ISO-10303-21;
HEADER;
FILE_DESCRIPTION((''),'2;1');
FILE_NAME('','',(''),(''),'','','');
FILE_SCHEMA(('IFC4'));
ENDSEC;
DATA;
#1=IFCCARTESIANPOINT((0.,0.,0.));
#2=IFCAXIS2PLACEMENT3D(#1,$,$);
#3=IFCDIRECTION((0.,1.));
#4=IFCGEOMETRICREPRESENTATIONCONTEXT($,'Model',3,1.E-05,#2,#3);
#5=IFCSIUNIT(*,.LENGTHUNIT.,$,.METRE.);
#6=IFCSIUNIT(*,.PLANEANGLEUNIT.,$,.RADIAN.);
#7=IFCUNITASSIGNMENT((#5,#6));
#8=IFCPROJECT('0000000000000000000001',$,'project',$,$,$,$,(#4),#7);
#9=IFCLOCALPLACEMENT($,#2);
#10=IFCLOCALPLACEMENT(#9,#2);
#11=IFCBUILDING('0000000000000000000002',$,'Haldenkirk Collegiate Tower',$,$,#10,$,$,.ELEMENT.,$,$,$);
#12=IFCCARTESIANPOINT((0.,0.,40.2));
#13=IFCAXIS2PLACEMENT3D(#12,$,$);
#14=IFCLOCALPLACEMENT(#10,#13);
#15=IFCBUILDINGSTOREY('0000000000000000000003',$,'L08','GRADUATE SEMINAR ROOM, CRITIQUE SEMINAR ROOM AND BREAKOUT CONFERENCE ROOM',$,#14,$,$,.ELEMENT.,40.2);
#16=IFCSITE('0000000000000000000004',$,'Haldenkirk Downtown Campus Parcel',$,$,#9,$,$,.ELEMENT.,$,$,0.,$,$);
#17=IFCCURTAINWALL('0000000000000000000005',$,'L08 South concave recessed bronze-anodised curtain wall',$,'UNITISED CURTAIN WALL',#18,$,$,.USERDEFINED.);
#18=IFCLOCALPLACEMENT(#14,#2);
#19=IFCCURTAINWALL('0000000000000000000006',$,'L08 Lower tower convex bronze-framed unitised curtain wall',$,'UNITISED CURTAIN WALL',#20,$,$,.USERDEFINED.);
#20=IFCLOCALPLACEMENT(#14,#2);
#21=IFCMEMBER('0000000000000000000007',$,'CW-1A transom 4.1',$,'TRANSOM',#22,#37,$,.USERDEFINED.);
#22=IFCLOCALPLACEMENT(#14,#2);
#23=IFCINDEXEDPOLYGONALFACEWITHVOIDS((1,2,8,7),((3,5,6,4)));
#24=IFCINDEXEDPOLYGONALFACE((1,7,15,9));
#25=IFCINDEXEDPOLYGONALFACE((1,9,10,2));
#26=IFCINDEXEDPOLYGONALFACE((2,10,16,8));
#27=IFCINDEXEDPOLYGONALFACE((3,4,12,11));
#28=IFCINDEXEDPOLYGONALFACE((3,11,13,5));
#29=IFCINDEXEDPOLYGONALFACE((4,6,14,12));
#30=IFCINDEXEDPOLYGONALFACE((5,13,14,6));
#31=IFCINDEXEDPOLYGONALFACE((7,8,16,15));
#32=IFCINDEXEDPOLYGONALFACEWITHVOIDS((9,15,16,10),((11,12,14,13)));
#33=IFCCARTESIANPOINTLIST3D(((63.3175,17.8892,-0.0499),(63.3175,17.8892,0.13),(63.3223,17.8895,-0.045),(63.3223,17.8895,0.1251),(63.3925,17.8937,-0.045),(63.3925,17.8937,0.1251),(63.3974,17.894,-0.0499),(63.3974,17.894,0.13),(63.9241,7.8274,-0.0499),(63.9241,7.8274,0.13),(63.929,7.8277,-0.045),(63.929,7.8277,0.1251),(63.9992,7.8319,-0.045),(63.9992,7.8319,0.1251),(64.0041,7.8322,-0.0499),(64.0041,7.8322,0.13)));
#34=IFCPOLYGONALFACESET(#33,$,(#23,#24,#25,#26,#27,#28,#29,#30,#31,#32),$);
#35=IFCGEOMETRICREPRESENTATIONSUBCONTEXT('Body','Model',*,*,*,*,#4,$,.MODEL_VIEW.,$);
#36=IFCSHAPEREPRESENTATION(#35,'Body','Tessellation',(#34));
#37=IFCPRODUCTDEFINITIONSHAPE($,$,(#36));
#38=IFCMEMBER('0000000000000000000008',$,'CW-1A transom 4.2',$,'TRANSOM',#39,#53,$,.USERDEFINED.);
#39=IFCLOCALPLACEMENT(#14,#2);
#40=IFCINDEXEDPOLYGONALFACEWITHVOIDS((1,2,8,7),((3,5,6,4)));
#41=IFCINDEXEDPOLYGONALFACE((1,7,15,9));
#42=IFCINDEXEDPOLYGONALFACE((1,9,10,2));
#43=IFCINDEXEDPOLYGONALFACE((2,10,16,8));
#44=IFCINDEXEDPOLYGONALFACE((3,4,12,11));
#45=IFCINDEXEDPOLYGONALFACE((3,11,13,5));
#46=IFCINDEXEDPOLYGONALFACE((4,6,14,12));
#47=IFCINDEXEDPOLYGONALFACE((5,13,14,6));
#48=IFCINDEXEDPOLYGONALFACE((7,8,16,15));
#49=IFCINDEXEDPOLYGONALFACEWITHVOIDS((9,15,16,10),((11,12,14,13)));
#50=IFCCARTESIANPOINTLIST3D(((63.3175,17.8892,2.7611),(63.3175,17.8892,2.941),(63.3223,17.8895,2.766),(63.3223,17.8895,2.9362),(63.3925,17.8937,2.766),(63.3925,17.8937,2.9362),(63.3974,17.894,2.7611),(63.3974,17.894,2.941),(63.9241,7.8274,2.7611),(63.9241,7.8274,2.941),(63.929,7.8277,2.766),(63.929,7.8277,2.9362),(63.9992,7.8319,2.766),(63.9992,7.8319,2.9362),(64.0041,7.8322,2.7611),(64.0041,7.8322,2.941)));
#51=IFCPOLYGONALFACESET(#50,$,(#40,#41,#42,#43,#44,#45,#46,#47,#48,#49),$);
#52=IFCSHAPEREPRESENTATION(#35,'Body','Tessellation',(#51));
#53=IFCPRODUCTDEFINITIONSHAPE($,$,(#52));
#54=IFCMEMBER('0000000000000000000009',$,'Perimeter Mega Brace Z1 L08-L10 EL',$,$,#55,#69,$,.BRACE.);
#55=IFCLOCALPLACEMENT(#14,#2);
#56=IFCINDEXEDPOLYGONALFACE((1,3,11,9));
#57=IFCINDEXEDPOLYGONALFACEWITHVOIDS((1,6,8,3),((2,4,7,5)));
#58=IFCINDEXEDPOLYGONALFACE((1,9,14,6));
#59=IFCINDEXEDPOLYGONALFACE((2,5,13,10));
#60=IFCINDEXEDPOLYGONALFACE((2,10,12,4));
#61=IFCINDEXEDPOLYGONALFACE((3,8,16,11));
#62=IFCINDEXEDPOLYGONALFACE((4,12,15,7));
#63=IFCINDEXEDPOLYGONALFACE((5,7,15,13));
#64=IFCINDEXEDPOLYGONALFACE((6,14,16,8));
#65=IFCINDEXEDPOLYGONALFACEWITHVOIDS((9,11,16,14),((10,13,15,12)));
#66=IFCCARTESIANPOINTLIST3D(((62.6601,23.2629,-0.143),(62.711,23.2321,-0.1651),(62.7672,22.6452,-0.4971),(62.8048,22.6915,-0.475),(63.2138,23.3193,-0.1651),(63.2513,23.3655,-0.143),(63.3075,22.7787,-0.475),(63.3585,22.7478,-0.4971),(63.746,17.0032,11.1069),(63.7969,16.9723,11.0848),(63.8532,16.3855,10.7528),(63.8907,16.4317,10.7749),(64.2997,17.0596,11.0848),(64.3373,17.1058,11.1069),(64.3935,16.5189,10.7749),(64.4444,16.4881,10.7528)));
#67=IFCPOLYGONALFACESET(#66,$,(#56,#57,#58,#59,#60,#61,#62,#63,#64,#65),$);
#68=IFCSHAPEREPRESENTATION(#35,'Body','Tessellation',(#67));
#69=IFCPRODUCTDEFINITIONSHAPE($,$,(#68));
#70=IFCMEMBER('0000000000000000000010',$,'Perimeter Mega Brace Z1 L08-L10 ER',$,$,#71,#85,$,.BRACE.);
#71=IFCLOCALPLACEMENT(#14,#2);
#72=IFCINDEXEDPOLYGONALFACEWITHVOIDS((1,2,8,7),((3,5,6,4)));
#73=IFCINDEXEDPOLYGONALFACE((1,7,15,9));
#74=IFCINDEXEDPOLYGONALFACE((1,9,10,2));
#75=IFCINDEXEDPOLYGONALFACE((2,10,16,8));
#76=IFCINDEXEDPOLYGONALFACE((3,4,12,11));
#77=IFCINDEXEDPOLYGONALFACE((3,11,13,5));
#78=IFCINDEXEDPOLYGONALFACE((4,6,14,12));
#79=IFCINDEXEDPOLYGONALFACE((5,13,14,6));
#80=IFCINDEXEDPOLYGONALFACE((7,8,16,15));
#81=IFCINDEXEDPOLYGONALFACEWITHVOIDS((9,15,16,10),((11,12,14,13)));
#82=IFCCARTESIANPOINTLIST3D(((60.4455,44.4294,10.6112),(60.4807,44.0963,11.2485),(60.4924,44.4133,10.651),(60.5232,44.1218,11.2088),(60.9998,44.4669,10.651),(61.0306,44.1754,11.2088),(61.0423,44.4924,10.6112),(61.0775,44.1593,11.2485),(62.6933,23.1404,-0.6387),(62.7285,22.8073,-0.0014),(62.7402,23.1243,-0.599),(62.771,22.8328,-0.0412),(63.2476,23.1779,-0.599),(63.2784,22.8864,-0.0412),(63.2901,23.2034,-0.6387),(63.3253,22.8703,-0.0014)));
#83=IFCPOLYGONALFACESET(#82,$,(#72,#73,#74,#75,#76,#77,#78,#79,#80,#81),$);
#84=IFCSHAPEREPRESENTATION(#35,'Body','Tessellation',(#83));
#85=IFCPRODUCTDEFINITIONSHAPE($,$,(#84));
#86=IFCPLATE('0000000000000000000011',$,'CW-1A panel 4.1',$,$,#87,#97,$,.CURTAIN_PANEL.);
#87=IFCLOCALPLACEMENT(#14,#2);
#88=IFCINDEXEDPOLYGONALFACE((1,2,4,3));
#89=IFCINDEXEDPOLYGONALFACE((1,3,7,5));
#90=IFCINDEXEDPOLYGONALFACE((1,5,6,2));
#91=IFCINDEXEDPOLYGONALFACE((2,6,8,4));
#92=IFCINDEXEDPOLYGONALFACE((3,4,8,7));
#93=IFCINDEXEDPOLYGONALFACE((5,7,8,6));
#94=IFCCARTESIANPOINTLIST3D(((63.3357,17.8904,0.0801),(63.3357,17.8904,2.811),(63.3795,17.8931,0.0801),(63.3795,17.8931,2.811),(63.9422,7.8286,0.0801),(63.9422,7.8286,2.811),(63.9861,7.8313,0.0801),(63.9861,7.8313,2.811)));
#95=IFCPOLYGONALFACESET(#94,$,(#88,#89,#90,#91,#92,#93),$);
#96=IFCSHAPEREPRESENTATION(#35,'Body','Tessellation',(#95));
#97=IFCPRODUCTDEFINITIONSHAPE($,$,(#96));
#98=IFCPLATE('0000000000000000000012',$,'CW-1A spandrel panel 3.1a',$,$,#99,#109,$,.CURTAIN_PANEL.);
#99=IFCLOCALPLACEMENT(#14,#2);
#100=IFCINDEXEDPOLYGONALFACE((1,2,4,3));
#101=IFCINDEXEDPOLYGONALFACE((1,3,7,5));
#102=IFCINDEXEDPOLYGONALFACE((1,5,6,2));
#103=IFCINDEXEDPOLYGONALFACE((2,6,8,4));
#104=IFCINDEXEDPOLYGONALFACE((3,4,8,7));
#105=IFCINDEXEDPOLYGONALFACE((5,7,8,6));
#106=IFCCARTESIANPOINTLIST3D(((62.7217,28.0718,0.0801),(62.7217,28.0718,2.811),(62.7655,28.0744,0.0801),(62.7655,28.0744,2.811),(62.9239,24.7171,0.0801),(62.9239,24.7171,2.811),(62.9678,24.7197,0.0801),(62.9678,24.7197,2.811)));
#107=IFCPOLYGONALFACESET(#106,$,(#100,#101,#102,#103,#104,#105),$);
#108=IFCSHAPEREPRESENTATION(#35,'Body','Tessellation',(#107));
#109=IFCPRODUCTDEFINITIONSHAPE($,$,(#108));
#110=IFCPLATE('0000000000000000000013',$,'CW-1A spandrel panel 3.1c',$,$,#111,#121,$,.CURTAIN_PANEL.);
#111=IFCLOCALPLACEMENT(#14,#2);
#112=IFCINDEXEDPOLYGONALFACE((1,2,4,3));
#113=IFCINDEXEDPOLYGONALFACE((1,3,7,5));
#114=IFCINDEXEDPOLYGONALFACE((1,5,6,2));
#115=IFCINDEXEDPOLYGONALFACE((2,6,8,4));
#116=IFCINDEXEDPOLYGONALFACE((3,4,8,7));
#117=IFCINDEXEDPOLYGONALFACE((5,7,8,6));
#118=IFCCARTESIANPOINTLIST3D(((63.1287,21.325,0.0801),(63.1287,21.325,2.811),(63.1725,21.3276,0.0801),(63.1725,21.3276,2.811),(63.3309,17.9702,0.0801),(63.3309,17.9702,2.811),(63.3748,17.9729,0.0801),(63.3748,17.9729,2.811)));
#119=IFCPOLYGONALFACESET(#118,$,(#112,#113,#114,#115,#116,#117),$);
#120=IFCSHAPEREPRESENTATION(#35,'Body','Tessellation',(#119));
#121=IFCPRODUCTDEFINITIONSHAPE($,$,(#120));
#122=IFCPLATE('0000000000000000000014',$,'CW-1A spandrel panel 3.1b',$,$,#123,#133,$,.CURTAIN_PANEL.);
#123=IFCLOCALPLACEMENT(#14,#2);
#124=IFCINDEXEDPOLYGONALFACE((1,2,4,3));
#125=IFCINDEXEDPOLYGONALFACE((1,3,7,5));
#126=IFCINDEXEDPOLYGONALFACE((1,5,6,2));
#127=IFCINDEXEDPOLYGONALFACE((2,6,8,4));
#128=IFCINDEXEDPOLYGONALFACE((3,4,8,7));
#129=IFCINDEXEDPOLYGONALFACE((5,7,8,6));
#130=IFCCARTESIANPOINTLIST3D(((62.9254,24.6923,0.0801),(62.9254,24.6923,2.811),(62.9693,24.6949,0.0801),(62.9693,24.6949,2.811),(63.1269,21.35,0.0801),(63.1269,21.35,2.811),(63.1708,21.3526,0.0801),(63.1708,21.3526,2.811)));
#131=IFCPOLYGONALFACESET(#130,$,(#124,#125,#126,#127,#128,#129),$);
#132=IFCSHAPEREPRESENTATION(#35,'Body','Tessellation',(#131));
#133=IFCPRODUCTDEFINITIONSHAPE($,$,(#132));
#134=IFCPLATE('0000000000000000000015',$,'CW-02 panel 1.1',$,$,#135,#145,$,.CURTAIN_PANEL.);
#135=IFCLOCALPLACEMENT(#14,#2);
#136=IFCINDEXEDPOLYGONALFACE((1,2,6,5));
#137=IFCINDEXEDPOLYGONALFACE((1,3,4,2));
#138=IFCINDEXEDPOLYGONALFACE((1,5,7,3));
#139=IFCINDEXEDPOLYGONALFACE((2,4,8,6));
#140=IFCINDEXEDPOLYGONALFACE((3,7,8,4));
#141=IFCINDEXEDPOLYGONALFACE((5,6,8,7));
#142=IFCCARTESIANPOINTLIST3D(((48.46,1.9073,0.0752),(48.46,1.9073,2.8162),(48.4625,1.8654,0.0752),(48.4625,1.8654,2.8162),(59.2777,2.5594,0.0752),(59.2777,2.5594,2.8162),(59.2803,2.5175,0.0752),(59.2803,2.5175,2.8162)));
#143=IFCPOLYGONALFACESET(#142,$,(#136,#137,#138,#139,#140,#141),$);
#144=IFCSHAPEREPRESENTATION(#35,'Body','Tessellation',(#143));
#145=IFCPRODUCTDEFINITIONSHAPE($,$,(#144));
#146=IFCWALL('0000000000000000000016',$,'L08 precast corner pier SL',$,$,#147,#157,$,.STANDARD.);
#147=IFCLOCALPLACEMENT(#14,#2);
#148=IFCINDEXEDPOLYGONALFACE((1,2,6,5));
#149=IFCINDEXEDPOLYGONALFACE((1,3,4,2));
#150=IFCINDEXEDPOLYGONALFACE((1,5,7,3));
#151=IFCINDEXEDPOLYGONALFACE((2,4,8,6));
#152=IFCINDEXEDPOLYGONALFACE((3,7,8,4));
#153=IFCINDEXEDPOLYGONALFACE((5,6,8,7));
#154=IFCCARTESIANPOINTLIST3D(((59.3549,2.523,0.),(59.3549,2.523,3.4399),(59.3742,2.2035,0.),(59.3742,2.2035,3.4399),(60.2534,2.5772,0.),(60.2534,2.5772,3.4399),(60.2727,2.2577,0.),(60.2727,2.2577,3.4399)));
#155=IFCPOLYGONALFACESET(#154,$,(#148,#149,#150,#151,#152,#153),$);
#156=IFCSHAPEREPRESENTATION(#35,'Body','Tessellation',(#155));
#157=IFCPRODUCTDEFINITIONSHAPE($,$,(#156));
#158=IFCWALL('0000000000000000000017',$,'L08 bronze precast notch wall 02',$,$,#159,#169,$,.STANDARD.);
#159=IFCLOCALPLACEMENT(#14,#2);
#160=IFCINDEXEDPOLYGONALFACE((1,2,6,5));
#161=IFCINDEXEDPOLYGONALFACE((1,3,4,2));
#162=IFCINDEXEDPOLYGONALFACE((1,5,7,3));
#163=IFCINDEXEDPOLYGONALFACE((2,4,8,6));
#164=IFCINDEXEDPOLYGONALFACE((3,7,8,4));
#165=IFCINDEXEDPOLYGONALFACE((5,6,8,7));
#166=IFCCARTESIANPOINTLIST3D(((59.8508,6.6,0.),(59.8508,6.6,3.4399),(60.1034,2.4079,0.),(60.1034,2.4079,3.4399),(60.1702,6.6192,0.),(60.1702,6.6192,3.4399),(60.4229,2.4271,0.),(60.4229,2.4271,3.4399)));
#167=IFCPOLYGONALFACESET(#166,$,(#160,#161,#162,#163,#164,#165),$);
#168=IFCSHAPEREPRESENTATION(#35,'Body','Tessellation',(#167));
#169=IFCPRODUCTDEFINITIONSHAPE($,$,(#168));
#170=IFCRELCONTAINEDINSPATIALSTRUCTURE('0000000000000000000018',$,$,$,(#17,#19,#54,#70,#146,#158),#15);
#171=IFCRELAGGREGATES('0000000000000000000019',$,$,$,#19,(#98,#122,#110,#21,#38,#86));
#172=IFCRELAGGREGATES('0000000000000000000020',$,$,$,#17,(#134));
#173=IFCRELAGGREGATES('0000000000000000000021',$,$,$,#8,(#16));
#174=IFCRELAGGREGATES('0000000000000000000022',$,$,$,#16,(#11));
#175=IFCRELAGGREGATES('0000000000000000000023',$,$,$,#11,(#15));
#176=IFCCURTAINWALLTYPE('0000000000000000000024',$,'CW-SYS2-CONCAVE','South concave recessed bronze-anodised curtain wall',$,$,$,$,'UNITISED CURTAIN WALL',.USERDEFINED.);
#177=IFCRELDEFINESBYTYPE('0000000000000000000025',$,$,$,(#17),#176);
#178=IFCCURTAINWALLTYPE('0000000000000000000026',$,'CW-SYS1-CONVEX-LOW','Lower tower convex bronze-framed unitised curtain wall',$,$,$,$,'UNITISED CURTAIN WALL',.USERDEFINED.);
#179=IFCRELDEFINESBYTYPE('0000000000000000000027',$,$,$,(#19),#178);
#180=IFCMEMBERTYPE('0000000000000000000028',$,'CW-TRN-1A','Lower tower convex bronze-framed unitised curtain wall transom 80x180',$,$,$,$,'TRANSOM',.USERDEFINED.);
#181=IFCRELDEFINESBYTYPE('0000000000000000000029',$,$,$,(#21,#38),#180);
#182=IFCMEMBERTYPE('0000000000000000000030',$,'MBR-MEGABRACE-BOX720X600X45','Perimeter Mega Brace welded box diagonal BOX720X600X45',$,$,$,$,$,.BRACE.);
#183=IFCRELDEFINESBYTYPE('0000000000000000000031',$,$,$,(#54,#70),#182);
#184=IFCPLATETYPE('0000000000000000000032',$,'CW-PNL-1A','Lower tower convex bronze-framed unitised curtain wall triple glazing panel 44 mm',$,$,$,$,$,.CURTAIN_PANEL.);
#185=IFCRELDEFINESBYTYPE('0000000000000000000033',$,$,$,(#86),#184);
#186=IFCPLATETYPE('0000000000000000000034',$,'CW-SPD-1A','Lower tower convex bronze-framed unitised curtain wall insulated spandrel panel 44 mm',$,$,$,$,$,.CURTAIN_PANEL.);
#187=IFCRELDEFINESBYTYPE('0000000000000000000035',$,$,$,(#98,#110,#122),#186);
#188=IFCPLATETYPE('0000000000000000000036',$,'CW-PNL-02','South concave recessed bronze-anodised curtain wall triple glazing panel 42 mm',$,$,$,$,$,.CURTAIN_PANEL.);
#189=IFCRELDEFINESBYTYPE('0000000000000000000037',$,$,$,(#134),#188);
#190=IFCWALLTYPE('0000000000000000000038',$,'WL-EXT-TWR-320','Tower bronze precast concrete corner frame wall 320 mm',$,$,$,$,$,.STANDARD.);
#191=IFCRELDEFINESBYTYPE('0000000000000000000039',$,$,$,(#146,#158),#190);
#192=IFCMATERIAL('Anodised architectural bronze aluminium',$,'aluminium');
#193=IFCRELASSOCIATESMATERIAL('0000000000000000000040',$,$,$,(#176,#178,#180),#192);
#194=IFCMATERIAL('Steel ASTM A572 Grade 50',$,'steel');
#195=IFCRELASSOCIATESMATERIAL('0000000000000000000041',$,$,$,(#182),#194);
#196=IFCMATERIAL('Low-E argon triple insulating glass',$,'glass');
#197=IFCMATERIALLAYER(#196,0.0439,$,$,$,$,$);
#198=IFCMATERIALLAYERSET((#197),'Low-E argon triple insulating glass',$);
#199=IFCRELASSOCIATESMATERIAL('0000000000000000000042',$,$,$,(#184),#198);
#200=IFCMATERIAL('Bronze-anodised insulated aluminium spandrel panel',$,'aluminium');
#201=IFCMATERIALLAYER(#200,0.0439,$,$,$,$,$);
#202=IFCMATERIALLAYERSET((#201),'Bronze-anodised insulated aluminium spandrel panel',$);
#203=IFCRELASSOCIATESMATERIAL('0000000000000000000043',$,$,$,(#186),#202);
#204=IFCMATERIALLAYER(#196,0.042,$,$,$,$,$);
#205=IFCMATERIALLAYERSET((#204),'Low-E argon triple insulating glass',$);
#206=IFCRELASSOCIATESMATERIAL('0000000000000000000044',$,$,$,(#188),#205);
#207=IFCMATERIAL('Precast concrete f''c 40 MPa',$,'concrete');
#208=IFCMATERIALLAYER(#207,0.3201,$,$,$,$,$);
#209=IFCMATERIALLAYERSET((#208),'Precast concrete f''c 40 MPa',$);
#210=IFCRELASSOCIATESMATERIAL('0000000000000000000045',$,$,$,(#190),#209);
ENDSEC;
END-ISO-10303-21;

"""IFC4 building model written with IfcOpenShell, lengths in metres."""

from ifc_helpers import new_model, si_unit, direction, frame, frame_2d, origin, origin_2d, place, context, subcontext, project, spatial, rectangle, hollow_rectangle, extrude, source, transform, mapped, material, layer, layer_set, material_profile, profile_set, type_object, element, aggregate, save


model = new_model("IFC4")

# Units and contexts
model_context = context("Model", 3, precision=1e-05, world=origin(), true_north=direction((0.0, 1.0)))
body_context = subcontext(model_context, "Body", "Model", "MODEL_VIEW")
ifc_project = project(units=[si_unit("LENGTHUNIT", "METRE"), si_unit("PLANEANGLEUNIT", "RADIAN")], contexts=[model_context])

# Site, building, storey
site_placement = place(None, origin())
site = spatial("IfcSite", under=ifc_project, at=site_placement, Name="Haldenkirk Downtown Campus Parcel", CompositionType="ELEMENT", RefElevation=0.0)
building_placement = place(site_placement, origin())
building = spatial("IfcBuilding", under=site, at=building_placement, Name="Haldenkirk Collegiate Tower", CompositionType="ELEMENT")
storey_placement = place(building_placement, frame((0.0, 0.0, 40.2)))
storey = spatial("IfcBuildingStorey", under=building, at=storey_placement, Name="L08", Description="GRADUATE SEMINAR ROOM, CRITIQUE SEMINAR ROOM AND BREAKOUT CONFERENCE ROOM", CompositionType="ELEMENT", Elevation=40.2)

# Shared definitions
ifc_material_1 = material(Name="Steel ASTM A572 Grade 50", Category="steel")

# Curtain walls
ifc_material_2 = material(Name="Anodised architectural bronze aluminium", Category="aluminium")
curtain_wall_type_1 = type_object("IfcCurtainWallType", Name="CW-SYS2-CONCAVE", Description="South concave recessed bronze-anodised curtain wall", ElementType="UNITISED CURTAIN WALL", PredefinedType="USERDEFINED", material=ifc_material_2)
curtain_wall_1_placement = place(storey_placement, origin())
curtain_wall_1 = element("IfcCurtainWall", 1, at=curtain_wall_1_placement, inside=storey, type_object=curtain_wall_type_1, Name="L08 South concave recessed bronze-anodised curtain wall", ObjectType="UNITISED CURTAIN WALL", PredefinedType="USERDEFINED")
curtain_wall_type_2 = type_object("IfcCurtainWallType", Name="CW-SYS1-CONVEX-LOW", Description="Lower tower convex bronze-framed unitised curtain wall", ElementType="UNITISED CURTAIN WALL", PredefinedType="USERDEFINED", material=ifc_material_2)
curtain_wall_2_placement = place(storey_placement, origin())
curtain_wall_2 = element("IfcCurtainWall", 2, at=curtain_wall_2_placement, inside=storey, type_object=curtain_wall_type_2, Name="L08 Lower tower convex bronze-framed unitised curtain wall", ObjectType="UNITISED CURTAIN WALL", PredefinedType="USERDEFINED")

# Members
ifc_material_profile_1 = material_profile(ifc_material_2, hollow_rectangle(XDim=0.0801, YDim=0.1799, WallThickness=0.0049, at=origin_2d()), Name="CW-TRN-1A")
ifc_profile_set_1 = profile_set([ifc_material_profile_1], Name="Anodised architectural bronze aluminium")
member_type_1 = type_object("IfcMemberType", Name="CW-TRN-1A", Description="Lower tower convex bronze-framed unitised curtain wall transom 80x180", ElementType="TRANSOM", PredefinedType="USERDEFINED", material=ifc_profile_set_1)
member_1_placement = place(storey_placement, frame((63.3574, 17.8916, 0.04), z_axis=(0.060187, -0.998187, 0.0), x_axis=(0.998187, 0.060187, 0.0)))
member_1 = element("IfcMember", 3, at=member_1_placement, type_object=member_type_1, Name="CW-1A transom 4.1", ObjectType="TRANSOM", PredefinedType="USERDEFINED", context=body_context, shape_type="SweptSolid", body=[
    extrude(hollow_rectangle(XDim=0.0801, YDim=0.1799, WallThickness=0.0049, at=origin_2d()), origin(), (0.0, 0.0, 1.0), 10.0801),
])
member_2_placement = place(storey_placement, frame((63.3574, 17.8916, 2.8511), z_axis=(0.060187, -0.998187, 0.0), x_axis=(0.998187, 0.060187, 0.0)))
member_2 = element("IfcMember", 4, at=member_2_placement, type_object=member_type_1, Name="CW-1A transom 4.2", ObjectType="TRANSOM", PredefinedType="USERDEFINED", context=body_context, shape_type="SweptSolid", body=[
    extrude(hollow_rectangle(XDim=0.0801, YDim=0.1799, WallThickness=0.0049, at=origin_2d()), origin(), (0.0, 0.0, 1.0), 10.0801),
])

# Members
ifc_material_profile_2 = material_profile(ifc_material_1, hollow_rectangle(XDim=0.6001, YDim=0.72, WallThickness=0.0449, at=origin_2d()), Name="BOX720X600X45")
ifc_profile_set_2 = profile_set([ifc_material_profile_2], Name="Steel ASTM A572 Grade 50")
member_type_2 = type_object("IfcMemberType", Name="MBR-MEGABRACE-BOX720X600X45", Description="Perimeter Mega Brace welded box diagonal BOX720X600X45", PredefinedType="BRACE", material=ifc_profile_set_2)
member_3_placement = place(storey_placement, frame((63.0093, 23.0054, -0.3201), z_axis=(0.084051, -0.484502, 0.870743), x_axis=(0.985284, 0.170926, 0.0)))
element("IfcMember", 5, at=member_3_placement, inside=storey, type_object=member_type_2, Name="Perimeter Mega Brace Z1 L08-L10 EL", PredefinedType="BRACE", context=body_context, shape_type="SweptSolid", body=[
    extrude(hollow_rectangle(XDim=0.6001, YDim=0.72, WallThickness=0.0449, at=origin_2d()), origin(), (0.0, 0.0, 1.0), 12.9199),
])
member_4_placement = place(storey_placement, frame((63.0093, 23.0054, -0.3201), z_axis=(-0.092948, 0.880315, 0.465194), x_axis=(-0.994472, -0.105001, 0.0)))
element("IfcMember", 6, at=member_4_placement, inside=storey, type_object=member_type_2, Name="Perimeter Mega Brace Z1 L08-L10 ER", PredefinedType="BRACE", context=body_context, shape_type="SweptSolid", body=[
    extrude(hollow_rectangle(XDim=0.6001, YDim=0.72, WallThickness=0.0449, at=origin_2d()), origin(), (0.0, 0.0, 1.0), 24.1833),
])

# Plates
ifc_material_3 = material(Name="Low-E argon triple insulating glass", Category="glass")
ifc_layer_1 = layer(ifc_material_3, 0.0439)
ifc_layer_set_1 = layer_set([ifc_layer_1], Name="Low-E argon triple insulating glass")
plate_type_1 = type_object("IfcPlateType", Name="CW-PNL-1A", Description="Lower tower convex bronze-framed unitised curtain wall triple glazing panel 44 mm", PredefinedType="CURTAIN_PANEL", material=ifc_layer_set_1)
shared_shape_1 = source(origin(), body_context, "Body", "SweptSolid", [
    extrude(rectangle(XDim=10.0801, YDim=0.0439, at=origin_2d()), origin(), (0.0, 0.0, 1.0), 2.731),
])
plate_1_placement = place(storey_placement, frame((63.6609, 12.8608, 0.0801), z_axis=(0.0, 0.0, 1.0), x_axis=(0.060177, -0.998188, 0.0)))
plate_1 = element("IfcPlate", 7, at=plate_1_placement, type_object=plate_type_1, Name="CW-1A panel 4.1", PredefinedType="CURTAIN_PANEL", context=body_context, shape_type="MappedRepresentation", body=[
    mapped(shared_shape_1, transform((0.0, 0.0, 0.0), x_axis=(1.0, 0.0, 0.0), y_axis=(0.0, 1.0, 0.0), z_axis=(0.0, 0.0, 1.0), scale=1.0)),
])
ifc_material_4 = material(Name="Bronze-anodised insulated aluminium spandrel panel", Category="aluminium")
ifc_layer_2 = layer(ifc_material_4, 0.0439)
ifc_layer_set_2 = layer_set([ifc_layer_2], Name="Bronze-anodised insulated aluminium spandrel panel")
plate_type_2 = type_object("IfcPlateType", Name="CW-SPD-1A", Description="Lower tower convex bronze-framed unitised curtain wall insulated spandrel panel 44 mm", PredefinedType="CURTAIN_PANEL", material=ifc_layer_set_2)
shared_shape_2 = source(origin(), body_context, "Body", "SweptSolid", [
    extrude(rectangle(XDim=3.3608, YDim=0.0439, at=origin_2d()), origin(), (0.0, 0.0, 1.0), 2.731),
])
plate_2_placement = place(storey_placement, frame((62.8447, 26.3958, 0.0801), z_axis=(0.0, 0.0, 1.0), x_axis=(0.060177, -0.998188, 0.0)))
plate_2 = element("IfcPlate", 8, at=plate_2_placement, type_object=plate_type_2, Name="CW-1A spandrel panel 3.1a", PredefinedType="CURTAIN_PANEL", context=body_context, shape_type="MappedRepresentation", body=[
    mapped(shared_shape_2, transform((0.0, 0.0, 0.0), x_axis=(1.0, 0.0, 0.0), y_axis=(0.0, 1.0, 0.0), z_axis=(0.0, 0.0, 1.0), scale=1.0)),
])
plate_3_placement = place(storey_placement, frame((63.2517, 19.6489, 0.0801), z_axis=(0.0, 0.0, 1.0), x_axis=(0.060177, -0.998188, 0.0)))
plate_3 = element("IfcPlate", 9, at=plate_3_placement, type_object=plate_type_2, Name="CW-1A spandrel panel 3.1c", PredefinedType="CURTAIN_PANEL", context=body_context, shape_type="MappedRepresentation", body=[
    mapped(shared_shape_2, transform((0.0, 0.0, 0.0), x_axis=(1.0, 0.0, 0.0), y_axis=(0.0, 1.0, 0.0), z_axis=(0.0, 0.0, 1.0), scale=1.0)),
])
shared_shape_3 = source(origin(), body_context, "Body", "SweptSolid", [
    extrude(rectangle(XDim=3.3484, YDim=0.0439, at=origin_2d()), origin(), (0.0, 0.0, 1.0), 2.731),
])
plate_4_placement = place(storey_placement, frame((63.0481, 23.0225, 0.0801), z_axis=(0.0, 0.0, 1.0), x_axis=(0.060177, -0.998188, 0.0)))
plate_4 = element("IfcPlate", 10, at=plate_4_placement, type_object=plate_type_2, Name="CW-1A spandrel panel 3.1b", PredefinedType="CURTAIN_PANEL", context=body_context, shape_type="MappedRepresentation", body=[
    mapped(shared_shape_3, transform((0.0, 0.0, 0.0), x_axis=(1.0, 0.0, 0.0), y_axis=(0.0, 1.0, 0.0), z_axis=(0.0, 0.0, 1.0), scale=1.0)),
])
aggregate(curtain_wall_2, [plate_2, plate_4, plate_3, member_1, member_2, plate_1])
ifc_layer_3 = layer(ifc_material_3, 0.042)
ifc_layer_set_3 = layer_set([ifc_layer_3], Name="Low-E argon triple insulating glass")
plate_type_3 = type_object("IfcPlateType", Name="CW-PNL-02", Description="South concave recessed bronze-anodised curtain wall triple glazing panel 42 mm", PredefinedType="CURTAIN_PANEL", material=ifc_layer_set_3)
shared_shape_4 = source(origin(), body_context, "Body", "SweptSolid", [
    extrude(rectangle(XDim=10.8374, YDim=0.042, at=origin_2d()), origin(), (0.0, 0.0, 1.0), 2.741),
])
plate_5_placement = place(storey_placement, frame((53.8701, 2.2124, 0.0752), z_axis=(0.0, 0.0, 1.0), x_axis=(-0.998188, -0.060176, 0.0)))
plate_5 = element("IfcPlate", 11, at=plate_5_placement, type_object=plate_type_3, Name="CW-02 panel 1.1", PredefinedType="CURTAIN_PANEL", context=body_context, shape_type="MappedRepresentation", body=[
    mapped(shared_shape_4, transform((0.0, 0.0, 0.0), x_axis=(1.0, 0.0, 0.0), y_axis=(0.0, 1.0, 0.0), z_axis=(0.0, 0.0, 1.0), scale=1.0)),
])
aggregate(curtain_wall_1, [plate_5])

# Walls
ifc_material_5 = material(Name="Precast concrete f'c 40 MPa", Category="concrete")
ifc_layer_4 = layer(ifc_material_5, 0.3201)
ifc_layer_set_4 = layer_set([ifc_layer_4], Name="Precast concrete f'c 40 MPa")
wall_type_1 = type_object("IfcWallType", Name="WL-EXT-TWR-320", Description="Tower bronze precast concrete corner frame wall 320 mm", PredefinedType="STANDARD", material=ifc_layer_set_4)
wall_1_placement = place(storey_placement, frame((60.2632, 2.4175, 0.0), z_axis=(0.0, 0.0, 1.0), x_axis=(-0.998185, -0.060217, 0.0)))
element("IfcWall", 12, at=wall_1_placement, inside=storey, type_object=wall_type_1, Name="L08 precast corner pier SL", PredefinedType="STANDARD", context=body_context, shape_type="SweptSolid", body=[
    extrude(rectangle(XDim=0.9001, YDim=0.3201, at=frame_2d((0.4502, 0.0))), origin(), (0.0, 0.0, 1.0), 3.4399),
])
wall_2_placement = place(storey_placement, frame((60.0105, 6.6096, 0.0), z_axis=(0.0, 0.0, 1.0), x_axis=(0.060167, -0.998188, 0.0)))
element("IfcWall", 13, at=wall_2_placement, inside=storey, type_object=wall_type_1, Name="L08 bronze precast notch wall 02", PredefinedType="STANDARD", context=body_context, shape_type="SweptSolid", body=[
    extrude(rectangle(XDim=4.1997, YDim=0.3201, at=frame_2d((2.0999, 0.0))), origin(), (0.0, 0.0, 1.0), 3.4399),
])

save(model, "model.ifc")
